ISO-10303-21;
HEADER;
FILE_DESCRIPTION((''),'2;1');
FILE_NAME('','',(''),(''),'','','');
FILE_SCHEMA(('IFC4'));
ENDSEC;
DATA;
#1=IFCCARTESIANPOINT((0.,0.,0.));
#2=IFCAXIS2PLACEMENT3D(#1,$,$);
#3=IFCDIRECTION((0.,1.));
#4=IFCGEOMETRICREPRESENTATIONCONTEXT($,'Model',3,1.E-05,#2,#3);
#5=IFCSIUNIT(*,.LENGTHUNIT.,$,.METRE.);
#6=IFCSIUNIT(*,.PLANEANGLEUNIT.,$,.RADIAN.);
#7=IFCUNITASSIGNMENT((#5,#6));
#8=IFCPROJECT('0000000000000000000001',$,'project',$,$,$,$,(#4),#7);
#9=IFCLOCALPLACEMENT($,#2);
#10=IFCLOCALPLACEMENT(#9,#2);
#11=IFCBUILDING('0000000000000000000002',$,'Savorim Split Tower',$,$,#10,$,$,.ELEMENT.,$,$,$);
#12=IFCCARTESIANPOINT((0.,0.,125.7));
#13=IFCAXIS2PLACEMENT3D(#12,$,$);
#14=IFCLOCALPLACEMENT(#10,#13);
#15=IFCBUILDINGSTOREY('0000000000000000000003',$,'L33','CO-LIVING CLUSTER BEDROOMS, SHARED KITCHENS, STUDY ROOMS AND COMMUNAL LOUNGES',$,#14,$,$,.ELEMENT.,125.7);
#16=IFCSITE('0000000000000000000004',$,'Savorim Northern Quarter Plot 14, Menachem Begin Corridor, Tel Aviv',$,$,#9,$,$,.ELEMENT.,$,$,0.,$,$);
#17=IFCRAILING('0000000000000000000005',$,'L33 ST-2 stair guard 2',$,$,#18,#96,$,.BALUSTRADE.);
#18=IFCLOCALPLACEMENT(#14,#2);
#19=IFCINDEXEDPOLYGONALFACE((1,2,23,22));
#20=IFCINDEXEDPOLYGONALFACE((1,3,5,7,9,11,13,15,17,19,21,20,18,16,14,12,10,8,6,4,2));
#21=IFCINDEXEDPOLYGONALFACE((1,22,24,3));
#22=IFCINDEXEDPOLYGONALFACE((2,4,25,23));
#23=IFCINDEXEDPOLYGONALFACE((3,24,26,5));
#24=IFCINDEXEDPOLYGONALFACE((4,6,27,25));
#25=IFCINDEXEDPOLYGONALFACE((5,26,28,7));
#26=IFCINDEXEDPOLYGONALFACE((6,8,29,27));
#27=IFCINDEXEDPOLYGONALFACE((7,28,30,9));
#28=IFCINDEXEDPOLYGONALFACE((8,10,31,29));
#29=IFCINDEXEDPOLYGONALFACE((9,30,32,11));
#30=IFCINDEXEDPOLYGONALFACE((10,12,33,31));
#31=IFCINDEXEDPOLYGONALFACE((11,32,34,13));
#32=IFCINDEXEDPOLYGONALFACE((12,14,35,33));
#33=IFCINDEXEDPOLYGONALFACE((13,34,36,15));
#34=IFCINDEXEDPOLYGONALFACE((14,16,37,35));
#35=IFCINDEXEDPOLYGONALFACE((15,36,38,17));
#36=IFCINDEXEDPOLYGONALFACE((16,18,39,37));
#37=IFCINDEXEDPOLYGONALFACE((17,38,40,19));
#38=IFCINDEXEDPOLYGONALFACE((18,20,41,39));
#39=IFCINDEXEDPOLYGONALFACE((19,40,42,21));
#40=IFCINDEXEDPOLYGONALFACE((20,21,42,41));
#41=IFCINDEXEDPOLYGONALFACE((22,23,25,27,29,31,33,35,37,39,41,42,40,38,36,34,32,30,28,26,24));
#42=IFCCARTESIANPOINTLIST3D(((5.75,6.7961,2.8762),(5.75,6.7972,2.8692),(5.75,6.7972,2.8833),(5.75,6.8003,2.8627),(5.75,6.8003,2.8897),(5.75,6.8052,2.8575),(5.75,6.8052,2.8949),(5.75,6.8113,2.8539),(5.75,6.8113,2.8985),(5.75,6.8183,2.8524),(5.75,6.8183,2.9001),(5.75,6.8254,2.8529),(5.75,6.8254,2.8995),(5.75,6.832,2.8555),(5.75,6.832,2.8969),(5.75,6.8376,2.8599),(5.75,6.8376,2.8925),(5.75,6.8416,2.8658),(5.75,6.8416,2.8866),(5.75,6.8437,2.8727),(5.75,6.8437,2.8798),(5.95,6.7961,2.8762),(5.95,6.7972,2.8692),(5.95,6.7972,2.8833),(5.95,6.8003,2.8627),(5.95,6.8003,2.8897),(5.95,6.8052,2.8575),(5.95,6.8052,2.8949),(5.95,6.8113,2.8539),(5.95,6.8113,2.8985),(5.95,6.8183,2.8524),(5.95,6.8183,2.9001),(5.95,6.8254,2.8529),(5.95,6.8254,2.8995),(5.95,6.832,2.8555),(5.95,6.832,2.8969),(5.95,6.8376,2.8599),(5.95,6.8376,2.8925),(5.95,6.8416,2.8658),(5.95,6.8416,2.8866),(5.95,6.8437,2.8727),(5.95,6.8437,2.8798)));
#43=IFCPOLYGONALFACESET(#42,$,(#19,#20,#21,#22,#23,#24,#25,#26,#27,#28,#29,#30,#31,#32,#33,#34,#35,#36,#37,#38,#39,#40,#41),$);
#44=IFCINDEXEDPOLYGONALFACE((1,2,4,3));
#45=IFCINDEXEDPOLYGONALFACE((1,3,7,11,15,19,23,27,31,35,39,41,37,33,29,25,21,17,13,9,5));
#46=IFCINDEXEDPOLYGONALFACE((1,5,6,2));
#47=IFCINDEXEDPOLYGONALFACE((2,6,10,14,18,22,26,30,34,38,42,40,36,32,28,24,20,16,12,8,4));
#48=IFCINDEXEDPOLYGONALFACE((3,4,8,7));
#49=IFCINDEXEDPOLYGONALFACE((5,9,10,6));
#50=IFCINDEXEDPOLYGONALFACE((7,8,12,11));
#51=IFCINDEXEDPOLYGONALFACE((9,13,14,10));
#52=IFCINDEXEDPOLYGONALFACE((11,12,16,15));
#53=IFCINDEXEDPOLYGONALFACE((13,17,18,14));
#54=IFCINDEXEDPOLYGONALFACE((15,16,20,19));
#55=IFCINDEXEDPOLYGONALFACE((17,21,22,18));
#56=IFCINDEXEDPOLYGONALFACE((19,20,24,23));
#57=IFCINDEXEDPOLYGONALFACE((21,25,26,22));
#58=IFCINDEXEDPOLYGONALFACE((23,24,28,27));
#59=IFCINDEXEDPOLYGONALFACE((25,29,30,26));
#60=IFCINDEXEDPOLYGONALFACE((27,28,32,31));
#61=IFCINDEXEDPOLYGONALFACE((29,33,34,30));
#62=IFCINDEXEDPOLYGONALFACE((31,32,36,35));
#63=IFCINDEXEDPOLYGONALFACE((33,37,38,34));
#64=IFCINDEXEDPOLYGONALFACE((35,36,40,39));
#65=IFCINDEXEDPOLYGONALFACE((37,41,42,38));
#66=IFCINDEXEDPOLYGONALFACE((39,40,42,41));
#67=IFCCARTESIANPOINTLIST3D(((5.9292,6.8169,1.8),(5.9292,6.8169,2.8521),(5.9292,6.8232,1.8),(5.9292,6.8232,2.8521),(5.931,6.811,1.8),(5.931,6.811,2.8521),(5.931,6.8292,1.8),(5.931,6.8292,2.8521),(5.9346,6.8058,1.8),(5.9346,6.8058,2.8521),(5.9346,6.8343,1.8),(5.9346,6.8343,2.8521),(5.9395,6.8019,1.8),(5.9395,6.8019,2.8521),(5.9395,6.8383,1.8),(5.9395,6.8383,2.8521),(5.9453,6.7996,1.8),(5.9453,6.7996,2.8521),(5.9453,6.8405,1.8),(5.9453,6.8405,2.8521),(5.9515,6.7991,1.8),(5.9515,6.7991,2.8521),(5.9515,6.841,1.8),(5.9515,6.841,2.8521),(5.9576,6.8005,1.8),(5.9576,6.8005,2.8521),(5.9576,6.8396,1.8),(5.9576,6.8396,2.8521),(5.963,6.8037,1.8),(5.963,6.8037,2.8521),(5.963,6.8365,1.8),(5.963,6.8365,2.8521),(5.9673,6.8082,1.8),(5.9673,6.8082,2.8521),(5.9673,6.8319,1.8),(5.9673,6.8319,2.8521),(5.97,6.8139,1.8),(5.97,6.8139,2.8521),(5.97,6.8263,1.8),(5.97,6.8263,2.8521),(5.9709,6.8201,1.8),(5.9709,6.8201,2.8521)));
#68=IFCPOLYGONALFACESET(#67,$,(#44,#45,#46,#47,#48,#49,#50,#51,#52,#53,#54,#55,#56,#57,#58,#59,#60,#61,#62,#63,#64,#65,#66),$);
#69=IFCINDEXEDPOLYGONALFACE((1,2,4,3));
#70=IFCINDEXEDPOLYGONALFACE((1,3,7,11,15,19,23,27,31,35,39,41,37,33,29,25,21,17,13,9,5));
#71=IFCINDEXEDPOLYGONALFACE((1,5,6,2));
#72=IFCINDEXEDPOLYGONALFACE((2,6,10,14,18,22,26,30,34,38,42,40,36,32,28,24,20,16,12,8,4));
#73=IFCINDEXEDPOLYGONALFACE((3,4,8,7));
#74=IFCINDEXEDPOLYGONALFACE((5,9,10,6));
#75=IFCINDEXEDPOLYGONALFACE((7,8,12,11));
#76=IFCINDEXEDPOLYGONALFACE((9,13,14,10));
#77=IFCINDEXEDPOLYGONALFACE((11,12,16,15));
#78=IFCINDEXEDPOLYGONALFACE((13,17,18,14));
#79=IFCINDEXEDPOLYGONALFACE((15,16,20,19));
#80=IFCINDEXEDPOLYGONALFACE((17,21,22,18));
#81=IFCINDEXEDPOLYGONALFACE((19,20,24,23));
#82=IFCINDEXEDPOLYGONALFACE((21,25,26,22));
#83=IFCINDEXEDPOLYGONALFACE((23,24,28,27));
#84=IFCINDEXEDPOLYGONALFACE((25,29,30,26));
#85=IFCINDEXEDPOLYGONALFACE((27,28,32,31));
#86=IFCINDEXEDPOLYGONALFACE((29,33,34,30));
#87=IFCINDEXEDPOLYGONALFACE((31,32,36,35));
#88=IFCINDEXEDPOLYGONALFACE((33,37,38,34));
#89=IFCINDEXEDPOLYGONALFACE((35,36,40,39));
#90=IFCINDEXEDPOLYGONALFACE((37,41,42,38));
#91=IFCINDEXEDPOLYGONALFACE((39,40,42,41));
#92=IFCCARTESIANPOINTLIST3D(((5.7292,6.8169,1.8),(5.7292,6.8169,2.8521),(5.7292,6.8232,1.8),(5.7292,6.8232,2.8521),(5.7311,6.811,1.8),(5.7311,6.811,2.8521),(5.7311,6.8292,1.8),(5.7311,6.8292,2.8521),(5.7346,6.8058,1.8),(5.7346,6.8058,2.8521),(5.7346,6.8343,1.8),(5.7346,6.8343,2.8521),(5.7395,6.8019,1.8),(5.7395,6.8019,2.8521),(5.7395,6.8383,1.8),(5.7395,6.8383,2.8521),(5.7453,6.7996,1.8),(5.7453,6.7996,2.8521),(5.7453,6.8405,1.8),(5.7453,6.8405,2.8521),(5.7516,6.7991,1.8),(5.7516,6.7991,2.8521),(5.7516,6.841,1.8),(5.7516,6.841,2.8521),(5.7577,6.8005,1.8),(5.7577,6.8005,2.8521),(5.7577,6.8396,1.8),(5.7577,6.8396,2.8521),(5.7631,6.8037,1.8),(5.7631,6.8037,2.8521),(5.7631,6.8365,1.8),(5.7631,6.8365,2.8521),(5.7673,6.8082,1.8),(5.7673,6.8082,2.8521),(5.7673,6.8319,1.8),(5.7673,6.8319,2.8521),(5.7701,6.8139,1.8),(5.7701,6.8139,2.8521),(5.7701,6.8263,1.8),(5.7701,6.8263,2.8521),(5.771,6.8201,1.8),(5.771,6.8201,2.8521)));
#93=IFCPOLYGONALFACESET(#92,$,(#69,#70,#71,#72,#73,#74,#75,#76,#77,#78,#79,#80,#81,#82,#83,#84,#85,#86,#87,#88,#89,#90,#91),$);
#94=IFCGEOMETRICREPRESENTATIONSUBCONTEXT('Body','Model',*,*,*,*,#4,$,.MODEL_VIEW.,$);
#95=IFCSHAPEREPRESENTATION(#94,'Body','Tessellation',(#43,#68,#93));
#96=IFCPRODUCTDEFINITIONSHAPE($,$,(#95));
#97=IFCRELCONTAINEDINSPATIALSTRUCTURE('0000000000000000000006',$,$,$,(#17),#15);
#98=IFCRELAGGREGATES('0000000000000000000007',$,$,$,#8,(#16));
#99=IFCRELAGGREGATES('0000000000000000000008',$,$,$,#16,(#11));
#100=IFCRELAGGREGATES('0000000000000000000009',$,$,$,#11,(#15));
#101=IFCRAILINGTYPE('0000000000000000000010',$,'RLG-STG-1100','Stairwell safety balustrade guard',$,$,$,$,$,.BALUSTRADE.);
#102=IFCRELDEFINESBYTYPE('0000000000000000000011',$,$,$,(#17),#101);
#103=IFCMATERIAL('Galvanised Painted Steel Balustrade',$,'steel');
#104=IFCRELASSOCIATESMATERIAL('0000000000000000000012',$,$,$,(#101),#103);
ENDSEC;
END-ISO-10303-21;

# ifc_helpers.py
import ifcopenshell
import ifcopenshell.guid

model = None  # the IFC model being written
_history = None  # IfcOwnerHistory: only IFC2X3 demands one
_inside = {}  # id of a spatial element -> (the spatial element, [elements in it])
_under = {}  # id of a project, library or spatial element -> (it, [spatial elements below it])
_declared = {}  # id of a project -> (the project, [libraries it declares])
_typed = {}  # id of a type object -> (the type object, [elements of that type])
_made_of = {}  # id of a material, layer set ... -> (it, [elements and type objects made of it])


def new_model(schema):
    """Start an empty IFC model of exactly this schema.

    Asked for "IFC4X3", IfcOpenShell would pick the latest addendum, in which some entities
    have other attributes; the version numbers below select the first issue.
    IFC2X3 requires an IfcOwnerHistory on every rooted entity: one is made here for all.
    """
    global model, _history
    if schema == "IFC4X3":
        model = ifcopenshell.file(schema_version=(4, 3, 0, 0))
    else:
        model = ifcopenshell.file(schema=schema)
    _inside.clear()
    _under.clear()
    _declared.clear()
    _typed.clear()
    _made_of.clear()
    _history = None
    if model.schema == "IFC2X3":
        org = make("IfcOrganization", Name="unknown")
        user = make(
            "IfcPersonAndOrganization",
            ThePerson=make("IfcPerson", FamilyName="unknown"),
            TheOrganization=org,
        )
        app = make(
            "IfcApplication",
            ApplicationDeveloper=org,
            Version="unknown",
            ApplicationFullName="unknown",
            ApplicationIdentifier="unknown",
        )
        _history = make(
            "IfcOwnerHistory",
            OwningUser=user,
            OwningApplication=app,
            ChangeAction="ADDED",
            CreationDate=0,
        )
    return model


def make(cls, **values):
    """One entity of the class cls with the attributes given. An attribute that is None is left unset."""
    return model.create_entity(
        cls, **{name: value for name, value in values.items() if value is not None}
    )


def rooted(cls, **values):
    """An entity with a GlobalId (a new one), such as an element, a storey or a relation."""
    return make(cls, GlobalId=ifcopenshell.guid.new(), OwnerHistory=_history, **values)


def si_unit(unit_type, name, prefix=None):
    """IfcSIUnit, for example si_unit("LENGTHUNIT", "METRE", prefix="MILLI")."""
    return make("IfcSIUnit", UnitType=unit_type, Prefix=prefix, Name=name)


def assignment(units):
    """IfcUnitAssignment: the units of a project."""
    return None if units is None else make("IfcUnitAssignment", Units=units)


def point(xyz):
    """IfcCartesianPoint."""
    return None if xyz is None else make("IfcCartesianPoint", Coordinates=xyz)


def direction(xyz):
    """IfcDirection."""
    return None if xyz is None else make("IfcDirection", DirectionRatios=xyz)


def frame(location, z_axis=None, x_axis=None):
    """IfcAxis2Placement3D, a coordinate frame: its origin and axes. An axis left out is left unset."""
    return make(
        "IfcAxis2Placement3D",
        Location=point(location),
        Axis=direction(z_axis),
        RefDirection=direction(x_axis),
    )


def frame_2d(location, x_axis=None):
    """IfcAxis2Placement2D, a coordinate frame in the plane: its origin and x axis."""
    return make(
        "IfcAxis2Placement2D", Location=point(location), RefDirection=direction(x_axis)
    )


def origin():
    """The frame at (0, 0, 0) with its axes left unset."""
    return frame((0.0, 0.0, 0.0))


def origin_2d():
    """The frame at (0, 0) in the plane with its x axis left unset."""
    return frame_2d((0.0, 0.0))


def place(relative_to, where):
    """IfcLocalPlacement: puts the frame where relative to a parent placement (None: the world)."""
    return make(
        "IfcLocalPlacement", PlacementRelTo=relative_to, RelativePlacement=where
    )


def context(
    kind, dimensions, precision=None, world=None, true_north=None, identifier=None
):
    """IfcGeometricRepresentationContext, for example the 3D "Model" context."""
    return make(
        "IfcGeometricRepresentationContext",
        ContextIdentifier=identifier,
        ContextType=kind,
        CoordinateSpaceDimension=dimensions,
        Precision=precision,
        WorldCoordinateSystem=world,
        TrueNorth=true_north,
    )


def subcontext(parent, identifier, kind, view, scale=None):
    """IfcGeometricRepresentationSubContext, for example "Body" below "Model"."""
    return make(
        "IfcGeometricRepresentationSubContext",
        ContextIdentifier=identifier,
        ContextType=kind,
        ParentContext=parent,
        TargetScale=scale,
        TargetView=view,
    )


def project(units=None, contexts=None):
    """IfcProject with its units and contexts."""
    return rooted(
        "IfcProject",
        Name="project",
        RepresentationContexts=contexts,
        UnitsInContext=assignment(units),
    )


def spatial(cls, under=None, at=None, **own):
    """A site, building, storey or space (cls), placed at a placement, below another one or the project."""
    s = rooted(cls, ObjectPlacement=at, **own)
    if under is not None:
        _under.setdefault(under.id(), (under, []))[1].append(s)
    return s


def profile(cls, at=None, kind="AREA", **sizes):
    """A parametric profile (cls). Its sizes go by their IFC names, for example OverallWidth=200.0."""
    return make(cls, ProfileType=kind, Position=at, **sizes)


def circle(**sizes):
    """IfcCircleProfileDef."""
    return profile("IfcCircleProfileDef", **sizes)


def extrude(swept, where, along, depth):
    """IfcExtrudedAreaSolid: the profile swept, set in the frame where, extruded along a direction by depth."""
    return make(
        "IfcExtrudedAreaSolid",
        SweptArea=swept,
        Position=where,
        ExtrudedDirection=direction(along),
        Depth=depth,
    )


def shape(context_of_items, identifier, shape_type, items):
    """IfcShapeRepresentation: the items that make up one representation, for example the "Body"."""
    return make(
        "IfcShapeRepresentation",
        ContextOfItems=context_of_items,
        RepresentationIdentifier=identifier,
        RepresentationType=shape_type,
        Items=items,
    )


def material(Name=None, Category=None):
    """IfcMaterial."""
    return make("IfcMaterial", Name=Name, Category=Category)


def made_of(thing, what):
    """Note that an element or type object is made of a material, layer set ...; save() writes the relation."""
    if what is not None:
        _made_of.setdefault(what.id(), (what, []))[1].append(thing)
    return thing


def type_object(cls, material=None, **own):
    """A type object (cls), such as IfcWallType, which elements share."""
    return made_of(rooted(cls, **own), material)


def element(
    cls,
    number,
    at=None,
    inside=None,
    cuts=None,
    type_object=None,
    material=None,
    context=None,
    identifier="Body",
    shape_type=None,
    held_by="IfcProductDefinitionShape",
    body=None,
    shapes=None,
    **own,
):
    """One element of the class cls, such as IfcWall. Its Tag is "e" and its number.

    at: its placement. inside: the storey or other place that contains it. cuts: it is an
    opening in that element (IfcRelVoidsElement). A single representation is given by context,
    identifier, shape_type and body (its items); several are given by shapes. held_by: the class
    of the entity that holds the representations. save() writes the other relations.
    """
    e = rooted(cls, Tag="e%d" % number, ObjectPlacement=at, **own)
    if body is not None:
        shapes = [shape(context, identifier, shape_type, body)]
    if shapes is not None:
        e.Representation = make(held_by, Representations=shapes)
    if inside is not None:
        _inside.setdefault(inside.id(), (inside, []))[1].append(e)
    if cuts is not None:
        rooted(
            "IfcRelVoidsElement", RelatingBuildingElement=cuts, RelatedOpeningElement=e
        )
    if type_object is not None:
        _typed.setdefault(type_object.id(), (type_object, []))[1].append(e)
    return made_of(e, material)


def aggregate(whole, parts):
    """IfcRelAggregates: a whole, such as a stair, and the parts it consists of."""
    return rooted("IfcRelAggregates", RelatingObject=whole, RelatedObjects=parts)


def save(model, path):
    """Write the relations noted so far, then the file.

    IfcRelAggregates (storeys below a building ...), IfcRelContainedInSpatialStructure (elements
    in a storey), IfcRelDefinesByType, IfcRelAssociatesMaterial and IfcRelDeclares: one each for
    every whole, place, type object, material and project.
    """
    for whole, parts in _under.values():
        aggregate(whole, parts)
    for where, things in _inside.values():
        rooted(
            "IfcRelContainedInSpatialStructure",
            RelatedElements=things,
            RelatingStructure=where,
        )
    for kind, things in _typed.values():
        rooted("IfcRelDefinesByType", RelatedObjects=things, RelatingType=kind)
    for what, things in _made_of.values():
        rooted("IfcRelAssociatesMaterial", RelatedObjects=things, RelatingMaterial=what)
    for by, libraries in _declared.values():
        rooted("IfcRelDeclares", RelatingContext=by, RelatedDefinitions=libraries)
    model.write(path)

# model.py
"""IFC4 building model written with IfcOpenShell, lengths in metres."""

from ifc_helpers import new_model, si_unit, direction, frame, origin, origin_2d, place, context, subcontext, project, spatial, circle, extrude, material, type_object, element, save


model = new_model("IFC4")

# Units and contexts
model_context = context("Model", 3, precision=1e-05, world=origin(), true_north=direction((0.0, 1.0)))
body_context = subcontext(model_context, "Body", "Model", "MODEL_VIEW")
ifc_project = project(units=[si_unit("LENGTHUNIT", "METRE"), si_unit("PLANEANGLEUNIT", "RADIAN")], contexts=[model_context])

# Site, building, storey
site_placement = place(None, origin())
site = spatial("IfcSite", under=ifc_project, at=site_placement, Name="Savorim Northern Quarter Plot 14, Menachem Begin Corridor, Tel Aviv", CompositionType="ELEMENT", RefElevation=0.0)
building_placement = place(site_placement, origin())
building = spatial("IfcBuilding", under=site, at=building_placement, Name="Savorim Split Tower", CompositionType="ELEMENT")
storey_placement = place(building_placement, frame((0.0, 0.0, 125.7)))
storey = spatial("IfcBuildingStorey", under=building, at=storey_placement, Name="L33", Description="CO-LIVING CLUSTER BEDROOMS, SHARED KITCHENS, STUDY ROOMS AND COMMUNAL LOUNGES", CompositionType="ELEMENT", Elevation=125.7)

# Railing
ifc_material_1 = material(Name="Galvanised Painted Steel Balustrade", Category="steel")
railing_type_1 = type_object("IfcRailingType", Name="RLG-STG-1100", Description="Stairwell safety balustrade guard", PredefinedType="BALUSTRADE", material=ifc_material_1)
railing_1_placement = place(storey_placement, frame((5.95, 6.8201, 1.8)))
element("IfcRailing", 1, at=railing_1_placement, inside=storey, type_object=railing_type_1, Name="L33 ST-2 stair guard 2", PredefinedType="BALUSTRADE", context=body_context, shape_type="SweptSolid", body=[
    extrude(circle(Radius=0.0239, at=origin_2d()), frame((0.0, 0.0, 1.0762), z_axis=(-1.0, 0.0, 0.0), x_axis=(0.0, -1.0, 0.0)), (0.0, 0.0, 1.0), 0.2),
    extrude(circle(Radius=0.021, at=origin_2d()), origin(), (0.0, 0.0, 1.0), 1.052),
    extrude(circle(Radius=0.021, at=origin_2d()), frame((-0.2, 0.0, 0.0)), (0.0, 0.0, 1.0), 1.052),
])

save(model, "model.ifc")
